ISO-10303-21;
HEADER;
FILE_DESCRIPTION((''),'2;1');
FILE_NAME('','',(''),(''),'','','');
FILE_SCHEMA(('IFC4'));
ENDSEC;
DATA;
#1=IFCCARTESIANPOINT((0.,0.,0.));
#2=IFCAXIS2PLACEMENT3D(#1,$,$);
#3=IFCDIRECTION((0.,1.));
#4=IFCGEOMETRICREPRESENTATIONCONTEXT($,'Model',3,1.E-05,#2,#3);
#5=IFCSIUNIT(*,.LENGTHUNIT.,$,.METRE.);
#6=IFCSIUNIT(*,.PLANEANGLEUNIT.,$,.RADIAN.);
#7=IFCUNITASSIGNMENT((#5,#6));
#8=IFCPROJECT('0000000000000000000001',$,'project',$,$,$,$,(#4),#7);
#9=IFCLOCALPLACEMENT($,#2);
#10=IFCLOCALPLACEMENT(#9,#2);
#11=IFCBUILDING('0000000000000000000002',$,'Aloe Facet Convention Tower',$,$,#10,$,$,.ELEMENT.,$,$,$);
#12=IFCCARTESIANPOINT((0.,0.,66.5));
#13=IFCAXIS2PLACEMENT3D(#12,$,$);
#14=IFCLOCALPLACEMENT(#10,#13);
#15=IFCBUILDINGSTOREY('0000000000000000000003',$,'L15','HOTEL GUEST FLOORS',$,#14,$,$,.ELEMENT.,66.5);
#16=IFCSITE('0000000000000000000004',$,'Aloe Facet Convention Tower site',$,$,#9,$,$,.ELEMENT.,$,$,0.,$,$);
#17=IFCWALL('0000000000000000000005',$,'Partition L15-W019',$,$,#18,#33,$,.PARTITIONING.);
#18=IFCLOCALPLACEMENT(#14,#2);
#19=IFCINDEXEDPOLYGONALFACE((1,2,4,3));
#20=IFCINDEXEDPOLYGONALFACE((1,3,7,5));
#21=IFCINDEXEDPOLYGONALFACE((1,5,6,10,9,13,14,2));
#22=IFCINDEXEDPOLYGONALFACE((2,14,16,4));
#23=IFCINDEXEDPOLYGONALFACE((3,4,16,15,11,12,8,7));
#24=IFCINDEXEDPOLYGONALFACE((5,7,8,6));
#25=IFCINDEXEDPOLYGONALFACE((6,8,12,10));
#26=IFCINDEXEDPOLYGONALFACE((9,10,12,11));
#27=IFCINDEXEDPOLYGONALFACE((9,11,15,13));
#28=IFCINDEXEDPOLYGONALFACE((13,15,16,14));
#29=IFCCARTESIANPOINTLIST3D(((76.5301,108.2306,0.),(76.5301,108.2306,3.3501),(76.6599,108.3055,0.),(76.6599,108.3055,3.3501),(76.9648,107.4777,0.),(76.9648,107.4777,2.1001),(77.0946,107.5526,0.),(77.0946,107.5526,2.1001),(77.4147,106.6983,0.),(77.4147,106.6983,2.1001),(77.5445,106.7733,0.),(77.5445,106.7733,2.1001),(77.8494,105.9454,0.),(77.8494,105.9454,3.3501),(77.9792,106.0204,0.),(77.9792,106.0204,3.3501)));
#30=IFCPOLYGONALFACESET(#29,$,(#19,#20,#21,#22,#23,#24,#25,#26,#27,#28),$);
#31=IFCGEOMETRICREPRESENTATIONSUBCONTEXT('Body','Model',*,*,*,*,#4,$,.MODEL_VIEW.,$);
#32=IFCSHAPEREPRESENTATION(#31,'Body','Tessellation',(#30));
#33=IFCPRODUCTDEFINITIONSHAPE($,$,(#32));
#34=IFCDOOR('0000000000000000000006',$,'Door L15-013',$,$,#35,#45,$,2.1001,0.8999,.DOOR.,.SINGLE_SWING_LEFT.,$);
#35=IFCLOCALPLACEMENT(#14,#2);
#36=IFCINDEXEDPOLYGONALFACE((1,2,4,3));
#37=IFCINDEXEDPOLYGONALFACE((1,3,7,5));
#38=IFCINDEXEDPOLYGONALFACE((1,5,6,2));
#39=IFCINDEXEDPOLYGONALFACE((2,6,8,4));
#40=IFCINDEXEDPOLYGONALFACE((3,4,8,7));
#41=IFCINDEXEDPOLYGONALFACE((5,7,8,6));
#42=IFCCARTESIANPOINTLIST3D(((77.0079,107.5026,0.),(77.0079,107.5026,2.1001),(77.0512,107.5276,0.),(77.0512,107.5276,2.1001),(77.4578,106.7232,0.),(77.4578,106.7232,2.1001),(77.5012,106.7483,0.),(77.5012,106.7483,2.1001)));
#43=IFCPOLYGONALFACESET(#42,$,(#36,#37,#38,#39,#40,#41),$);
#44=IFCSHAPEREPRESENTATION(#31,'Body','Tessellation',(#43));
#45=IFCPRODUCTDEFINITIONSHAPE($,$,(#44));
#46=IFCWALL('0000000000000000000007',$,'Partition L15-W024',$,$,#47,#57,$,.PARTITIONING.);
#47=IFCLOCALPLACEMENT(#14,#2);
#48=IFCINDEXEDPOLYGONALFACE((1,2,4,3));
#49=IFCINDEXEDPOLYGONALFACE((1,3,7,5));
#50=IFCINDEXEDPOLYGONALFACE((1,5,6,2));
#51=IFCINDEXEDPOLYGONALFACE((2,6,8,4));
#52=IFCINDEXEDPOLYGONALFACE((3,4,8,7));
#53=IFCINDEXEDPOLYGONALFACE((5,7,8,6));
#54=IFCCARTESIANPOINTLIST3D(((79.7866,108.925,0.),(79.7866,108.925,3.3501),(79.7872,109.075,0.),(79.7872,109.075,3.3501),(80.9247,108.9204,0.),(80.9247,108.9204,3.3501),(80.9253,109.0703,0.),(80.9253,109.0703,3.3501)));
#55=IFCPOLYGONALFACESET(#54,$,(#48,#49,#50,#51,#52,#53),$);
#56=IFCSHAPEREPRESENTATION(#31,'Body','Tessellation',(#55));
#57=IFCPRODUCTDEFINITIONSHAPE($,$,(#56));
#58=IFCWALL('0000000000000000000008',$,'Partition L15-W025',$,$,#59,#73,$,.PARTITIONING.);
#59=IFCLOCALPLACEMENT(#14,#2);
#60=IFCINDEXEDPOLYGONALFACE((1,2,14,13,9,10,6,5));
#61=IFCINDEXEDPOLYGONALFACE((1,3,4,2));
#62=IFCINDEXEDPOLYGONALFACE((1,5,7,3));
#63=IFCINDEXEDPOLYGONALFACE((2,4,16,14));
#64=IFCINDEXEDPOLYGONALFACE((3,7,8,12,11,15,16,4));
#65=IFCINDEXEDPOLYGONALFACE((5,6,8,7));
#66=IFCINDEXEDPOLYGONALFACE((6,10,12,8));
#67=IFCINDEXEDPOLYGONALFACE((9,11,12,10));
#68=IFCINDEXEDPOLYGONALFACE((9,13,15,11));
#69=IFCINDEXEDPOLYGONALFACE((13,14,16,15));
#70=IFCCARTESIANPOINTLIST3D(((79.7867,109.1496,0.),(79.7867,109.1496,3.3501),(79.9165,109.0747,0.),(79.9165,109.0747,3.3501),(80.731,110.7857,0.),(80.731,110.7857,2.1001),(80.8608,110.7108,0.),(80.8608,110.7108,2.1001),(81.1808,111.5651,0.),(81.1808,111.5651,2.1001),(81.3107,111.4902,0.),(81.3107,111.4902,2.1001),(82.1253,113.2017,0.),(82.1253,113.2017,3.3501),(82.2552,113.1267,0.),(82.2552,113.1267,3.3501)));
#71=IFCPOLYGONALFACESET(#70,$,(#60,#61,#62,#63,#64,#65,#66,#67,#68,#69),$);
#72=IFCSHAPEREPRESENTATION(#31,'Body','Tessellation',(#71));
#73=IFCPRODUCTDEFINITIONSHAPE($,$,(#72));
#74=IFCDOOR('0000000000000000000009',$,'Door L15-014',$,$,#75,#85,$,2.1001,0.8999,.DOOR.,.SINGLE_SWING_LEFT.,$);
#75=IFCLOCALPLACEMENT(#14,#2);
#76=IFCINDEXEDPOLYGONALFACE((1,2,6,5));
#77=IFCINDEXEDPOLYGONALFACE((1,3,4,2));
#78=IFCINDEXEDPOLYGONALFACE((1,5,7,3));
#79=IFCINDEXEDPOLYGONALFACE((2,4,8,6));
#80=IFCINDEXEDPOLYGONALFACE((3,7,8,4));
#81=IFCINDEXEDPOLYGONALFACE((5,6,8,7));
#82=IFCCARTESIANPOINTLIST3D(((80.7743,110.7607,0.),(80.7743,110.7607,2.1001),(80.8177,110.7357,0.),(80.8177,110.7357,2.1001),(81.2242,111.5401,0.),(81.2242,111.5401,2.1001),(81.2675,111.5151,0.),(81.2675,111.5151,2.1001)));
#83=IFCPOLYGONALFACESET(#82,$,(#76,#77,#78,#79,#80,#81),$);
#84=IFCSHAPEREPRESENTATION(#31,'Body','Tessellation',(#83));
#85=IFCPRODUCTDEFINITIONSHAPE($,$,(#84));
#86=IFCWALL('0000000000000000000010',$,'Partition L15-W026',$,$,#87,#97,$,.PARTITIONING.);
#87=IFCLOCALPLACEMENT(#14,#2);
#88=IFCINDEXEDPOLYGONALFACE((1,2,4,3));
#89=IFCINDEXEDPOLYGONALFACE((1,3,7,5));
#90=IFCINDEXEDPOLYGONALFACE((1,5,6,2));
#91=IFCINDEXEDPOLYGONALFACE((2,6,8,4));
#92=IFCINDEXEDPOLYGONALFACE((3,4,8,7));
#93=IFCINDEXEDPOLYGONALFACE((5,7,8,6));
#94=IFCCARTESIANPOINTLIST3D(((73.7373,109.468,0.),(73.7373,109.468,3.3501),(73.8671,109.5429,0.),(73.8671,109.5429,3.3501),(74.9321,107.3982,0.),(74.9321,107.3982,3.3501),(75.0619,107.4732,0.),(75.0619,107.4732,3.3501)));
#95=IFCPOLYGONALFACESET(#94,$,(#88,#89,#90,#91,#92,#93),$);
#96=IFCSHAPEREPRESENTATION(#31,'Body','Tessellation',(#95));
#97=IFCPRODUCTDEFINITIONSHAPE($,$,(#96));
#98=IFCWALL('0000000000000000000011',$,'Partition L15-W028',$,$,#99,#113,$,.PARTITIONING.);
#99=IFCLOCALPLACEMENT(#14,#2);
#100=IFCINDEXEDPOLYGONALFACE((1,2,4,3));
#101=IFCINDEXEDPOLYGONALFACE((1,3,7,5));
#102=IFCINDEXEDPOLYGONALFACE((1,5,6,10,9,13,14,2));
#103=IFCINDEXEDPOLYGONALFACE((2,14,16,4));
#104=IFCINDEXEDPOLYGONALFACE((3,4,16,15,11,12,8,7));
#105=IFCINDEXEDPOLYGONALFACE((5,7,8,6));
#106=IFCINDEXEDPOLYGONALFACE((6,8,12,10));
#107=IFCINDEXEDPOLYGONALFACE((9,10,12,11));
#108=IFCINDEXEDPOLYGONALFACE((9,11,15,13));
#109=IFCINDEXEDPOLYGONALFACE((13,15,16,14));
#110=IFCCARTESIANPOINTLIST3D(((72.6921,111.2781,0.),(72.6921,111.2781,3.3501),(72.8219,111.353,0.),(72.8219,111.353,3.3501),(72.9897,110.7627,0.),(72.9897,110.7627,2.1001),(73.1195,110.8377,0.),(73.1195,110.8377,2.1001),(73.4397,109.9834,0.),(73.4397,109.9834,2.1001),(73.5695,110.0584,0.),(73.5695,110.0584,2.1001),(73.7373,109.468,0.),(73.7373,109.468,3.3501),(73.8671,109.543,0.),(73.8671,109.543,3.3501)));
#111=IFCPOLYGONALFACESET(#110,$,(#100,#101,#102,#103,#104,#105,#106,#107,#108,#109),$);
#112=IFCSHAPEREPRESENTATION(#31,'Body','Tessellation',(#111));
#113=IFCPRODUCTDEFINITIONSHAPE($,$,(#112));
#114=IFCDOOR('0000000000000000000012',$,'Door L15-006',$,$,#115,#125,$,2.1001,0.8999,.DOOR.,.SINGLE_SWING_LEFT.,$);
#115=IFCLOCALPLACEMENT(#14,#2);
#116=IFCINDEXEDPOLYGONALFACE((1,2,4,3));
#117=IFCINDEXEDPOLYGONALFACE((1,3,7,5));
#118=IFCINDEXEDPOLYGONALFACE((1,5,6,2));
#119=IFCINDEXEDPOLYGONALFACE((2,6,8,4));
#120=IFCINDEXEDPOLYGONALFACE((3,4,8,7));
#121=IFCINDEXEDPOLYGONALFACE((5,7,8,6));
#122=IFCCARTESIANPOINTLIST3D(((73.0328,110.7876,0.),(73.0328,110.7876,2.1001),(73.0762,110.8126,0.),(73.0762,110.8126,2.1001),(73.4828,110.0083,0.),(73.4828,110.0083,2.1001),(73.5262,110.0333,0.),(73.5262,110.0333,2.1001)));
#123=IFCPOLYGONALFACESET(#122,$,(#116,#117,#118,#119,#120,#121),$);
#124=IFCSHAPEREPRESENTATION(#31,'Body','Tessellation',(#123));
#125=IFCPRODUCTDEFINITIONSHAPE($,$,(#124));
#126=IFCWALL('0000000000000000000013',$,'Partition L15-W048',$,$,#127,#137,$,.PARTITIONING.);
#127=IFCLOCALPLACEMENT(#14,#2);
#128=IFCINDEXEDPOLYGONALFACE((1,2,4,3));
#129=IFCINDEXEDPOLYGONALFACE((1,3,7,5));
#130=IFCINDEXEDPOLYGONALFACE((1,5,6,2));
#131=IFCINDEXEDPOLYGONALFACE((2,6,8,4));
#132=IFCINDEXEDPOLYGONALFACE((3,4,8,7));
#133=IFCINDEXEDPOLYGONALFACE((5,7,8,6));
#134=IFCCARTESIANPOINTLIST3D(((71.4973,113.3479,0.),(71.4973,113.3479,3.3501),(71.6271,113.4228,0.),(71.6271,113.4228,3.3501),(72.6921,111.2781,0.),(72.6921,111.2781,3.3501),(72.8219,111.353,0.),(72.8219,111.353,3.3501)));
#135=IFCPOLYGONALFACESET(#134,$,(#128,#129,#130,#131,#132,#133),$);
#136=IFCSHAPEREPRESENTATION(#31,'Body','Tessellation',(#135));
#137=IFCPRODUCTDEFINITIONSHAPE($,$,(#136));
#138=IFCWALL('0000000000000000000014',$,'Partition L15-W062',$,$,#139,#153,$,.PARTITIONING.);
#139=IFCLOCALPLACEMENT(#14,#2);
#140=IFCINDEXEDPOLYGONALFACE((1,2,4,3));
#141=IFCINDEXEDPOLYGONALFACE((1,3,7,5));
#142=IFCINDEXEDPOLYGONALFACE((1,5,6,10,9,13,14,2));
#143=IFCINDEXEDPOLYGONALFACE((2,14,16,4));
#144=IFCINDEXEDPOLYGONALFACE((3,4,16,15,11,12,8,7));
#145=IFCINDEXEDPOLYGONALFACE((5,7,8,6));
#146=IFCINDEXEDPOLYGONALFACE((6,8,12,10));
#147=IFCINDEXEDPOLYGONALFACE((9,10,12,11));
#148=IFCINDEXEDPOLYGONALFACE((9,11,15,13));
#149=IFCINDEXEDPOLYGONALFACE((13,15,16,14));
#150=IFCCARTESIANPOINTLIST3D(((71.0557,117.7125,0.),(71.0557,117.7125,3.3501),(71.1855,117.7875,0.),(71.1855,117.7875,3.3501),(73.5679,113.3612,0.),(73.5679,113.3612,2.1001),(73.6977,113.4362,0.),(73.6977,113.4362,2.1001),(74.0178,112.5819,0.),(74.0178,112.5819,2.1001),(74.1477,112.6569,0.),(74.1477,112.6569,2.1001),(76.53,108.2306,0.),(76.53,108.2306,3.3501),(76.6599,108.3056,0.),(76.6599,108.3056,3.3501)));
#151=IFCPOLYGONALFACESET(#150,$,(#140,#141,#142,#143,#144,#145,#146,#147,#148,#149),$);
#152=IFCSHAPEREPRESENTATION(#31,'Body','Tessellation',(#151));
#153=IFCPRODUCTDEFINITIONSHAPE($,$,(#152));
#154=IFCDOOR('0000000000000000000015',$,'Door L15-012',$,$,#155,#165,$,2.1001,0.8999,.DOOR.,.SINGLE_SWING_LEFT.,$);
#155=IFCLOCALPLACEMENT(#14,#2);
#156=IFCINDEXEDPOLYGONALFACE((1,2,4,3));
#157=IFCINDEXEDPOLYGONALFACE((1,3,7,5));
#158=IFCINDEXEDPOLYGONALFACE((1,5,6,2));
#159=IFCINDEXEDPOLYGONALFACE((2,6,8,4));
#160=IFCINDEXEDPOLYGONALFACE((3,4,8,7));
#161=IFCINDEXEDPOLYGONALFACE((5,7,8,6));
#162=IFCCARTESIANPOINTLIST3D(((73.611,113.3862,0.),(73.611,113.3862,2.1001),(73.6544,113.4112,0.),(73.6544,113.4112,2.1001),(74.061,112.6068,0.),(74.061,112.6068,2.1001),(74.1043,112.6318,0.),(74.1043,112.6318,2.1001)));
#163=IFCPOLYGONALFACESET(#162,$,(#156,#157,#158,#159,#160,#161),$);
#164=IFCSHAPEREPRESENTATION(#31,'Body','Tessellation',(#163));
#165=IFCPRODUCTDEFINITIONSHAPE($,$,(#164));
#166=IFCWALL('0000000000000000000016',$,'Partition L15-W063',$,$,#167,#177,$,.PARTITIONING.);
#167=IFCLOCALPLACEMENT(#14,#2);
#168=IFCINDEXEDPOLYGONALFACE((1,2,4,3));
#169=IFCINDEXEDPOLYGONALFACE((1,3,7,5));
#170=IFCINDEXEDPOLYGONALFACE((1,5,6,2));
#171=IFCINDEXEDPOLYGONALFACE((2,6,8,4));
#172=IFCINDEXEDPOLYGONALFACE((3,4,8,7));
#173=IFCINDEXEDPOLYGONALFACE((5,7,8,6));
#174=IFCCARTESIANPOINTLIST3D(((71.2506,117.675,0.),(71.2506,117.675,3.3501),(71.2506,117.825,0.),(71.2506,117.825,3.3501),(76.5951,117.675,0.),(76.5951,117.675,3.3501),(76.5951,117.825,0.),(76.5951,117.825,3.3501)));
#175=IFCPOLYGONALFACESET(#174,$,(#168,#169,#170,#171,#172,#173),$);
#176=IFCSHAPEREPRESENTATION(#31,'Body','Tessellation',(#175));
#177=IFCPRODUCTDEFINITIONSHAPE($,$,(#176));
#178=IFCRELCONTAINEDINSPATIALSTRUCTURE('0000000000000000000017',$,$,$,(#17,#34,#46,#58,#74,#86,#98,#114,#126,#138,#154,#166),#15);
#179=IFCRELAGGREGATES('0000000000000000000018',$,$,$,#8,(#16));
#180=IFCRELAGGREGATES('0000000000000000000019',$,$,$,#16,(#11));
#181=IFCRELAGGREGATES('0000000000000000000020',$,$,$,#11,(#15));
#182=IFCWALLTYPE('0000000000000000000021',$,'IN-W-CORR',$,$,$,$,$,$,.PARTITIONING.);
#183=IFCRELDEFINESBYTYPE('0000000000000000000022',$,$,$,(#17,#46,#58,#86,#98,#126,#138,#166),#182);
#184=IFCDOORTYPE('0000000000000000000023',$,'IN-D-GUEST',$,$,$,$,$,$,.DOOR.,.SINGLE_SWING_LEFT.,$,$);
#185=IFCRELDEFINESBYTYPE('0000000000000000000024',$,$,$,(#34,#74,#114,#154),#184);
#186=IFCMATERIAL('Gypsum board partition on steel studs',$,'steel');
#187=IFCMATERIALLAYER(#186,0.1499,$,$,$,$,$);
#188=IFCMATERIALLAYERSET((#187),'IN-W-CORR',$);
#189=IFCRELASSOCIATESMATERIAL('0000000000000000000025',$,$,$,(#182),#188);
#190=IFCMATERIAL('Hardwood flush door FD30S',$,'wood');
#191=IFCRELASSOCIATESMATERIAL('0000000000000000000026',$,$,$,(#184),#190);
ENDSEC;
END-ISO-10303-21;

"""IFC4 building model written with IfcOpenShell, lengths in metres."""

from ifc_helpers import new_model, si_unit, direction, frame, frame_2d, origin, place, context, subcontext, project, spatial, rectangle, extrude, material, layer, layer_set, type_object, element, fill, save


model = new_model("IFC4")

# Units and contexts
model_context = context("Model", 3, precision=1e-05, world=origin(), true_north=direction((0.0, 1.0)))
body_context = subcontext(model_context, "Body", "Model", "MODEL_VIEW")
ifc_project = project(units=[si_unit("LENGTHUNIT", "METRE"), si_unit("PLANEANGLEUNIT", "RADIAN")], contexts=[model_context])

# Site, building, storey
site_placement = place(None, origin())
site = spatial("IfcSite", under=ifc_project, at=site_placement, Name="Aloe Facet Convention Tower site", CompositionType="ELEMENT", RefElevation=0.0)
building_placement = place(site_placement, origin())
building = spatial("IfcBuilding", under=site, at=building_placement, Name="Aloe Facet Convention Tower", CompositionType="ELEMENT")
storey_placement = place(building_placement, frame((0.0, 0.0, 66.5)))
storey = spatial("IfcBuildingStorey", under=building, at=storey_placement, Name="L15", Description="HOTEL GUEST FLOORS", CompositionType="ELEMENT", Elevation=66.5)

# Wall, opening, door
ifc_material_1 = material(Name="Gypsum board partition on steel studs", Category="steel")
ifc_layer_1 = layer(ifc_material_1, 0.1499)
ifc_layer_set_1 = layer_set([ifc_layer_1], Name="IN-W-CORR")
wall_type_1 = type_object("IfcWallType", Name="IN-W-CORR", PredefinedType="PARTITIONING", material=ifc_layer_set_1)
wall_1_placement = place(storey_placement, frame((76.595, 108.2681, 0.0), z_axis=(0.0, 0.0, 1.0), x_axis=(0.5, -0.866025, 0.0)))
wall_1 = element("IfcWall", 1, at=wall_1_placement, inside=storey, type_object=wall_type_1, Name="Partition L15-W019", PredefinedType="PARTITIONING", context=body_context, shape_type="SweptSolid", body=[
    extrude(rectangle(XDim=2.6387, YDim=0.1499, at=frame_2d((1.3193, 0.0))), origin(), (0.0, 0.0, 1.0), 3.3501),
])
opening_1_placement = place(wall_1_placement, frame((0.8694, 0.0, 0.0)))
opening_1 = element("IfcOpeningElement", 2, at=opening_1_placement, cuts=wall_1, PredefinedType="OPENING", context=body_context, shape_type="SweptSolid", body=[
    extrude(rectangle(XDim=0.8999, YDim=2.1001, at=frame_2d((0.45, 1.05))), frame((0.0, 0.085, 0.0), z_axis=(0.0, -1.0, 0.0), x_axis=(1.0, 0.0, 0.0)), (0.0, 0.0, 1.0), 0.1699),
])
ifc_material_2 = material(Name="Hardwood flush door FD30S", Category="wood")
door_type = type_object("IfcDoorType", Name="IN-D-GUEST", OperationType="SINGLE_SWING_LEFT", PredefinedType="DOOR", material=ifc_material_2)
door_1_placement = place(opening_1_placement, origin())
door_1 = element("IfcDoor", 3, at=door_1_placement, inside=storey, type_object=door_type, Name="Door L15-013", OperationType="SINGLE_SWING_LEFT", OverallHeight=2.1001, OverallWidth=0.8999, PredefinedType="DOOR", context=body_context, shape_type="SweptSolid", body=[
    extrude(rectangle(XDim=0.8999, YDim=2.1001, at=frame_2d((0.45, 1.05))), frame((0.0, 0.0249, 0.0), z_axis=(0.0, -1.0, 0.0), x_axis=(1.0, 0.0, 0.0)), (0.0, 0.0, 1.0), 0.05),
])
fill(opening_1, door_1)

# Wall
wall_2_placement = place(storey_placement, frame((79.7869, 109.0, 0.0), z_axis=(0.0, 0.0, 1.0), x_axis=(0.999992, -0.004075, 0.0)))
element("IfcWall", 4, at=wall_2_placement, inside=storey, type_object=wall_type_1, Name="Partition L15-W024", PredefinedType="PARTITIONING", context=body_context, shape_type="SweptSolid", body=[
    extrude(rectangle(XDim=1.1382, YDim=0.1499, at=frame_2d((0.5691, 0.0))), origin(), (0.0, 0.0, 1.0), 3.3501),
])

# Wall, opening, door
wall_3_placement = place(storey_placement, frame((79.8516, 109.1121, 0.0), z_axis=(0.0, 0.0, 1.0), x_axis=(0.499872, 0.8661, 0.0)))
wall_3 = element("IfcWall", 5, at=wall_3_placement, inside=storey, type_object=wall_type_1, Name="Partition L15-W025", PredefinedType="PARTITIONING", context=body_context, shape_type="SweptSolid", body=[
    extrude(rectangle(XDim=4.6785, YDim=0.1499, at=frame_2d((2.3394, 0.0))), origin(), (0.0, 0.0, 1.0), 3.3501),
])
opening_2_placement = place(wall_3_placement, frame((1.8892, 0.0, 0.0)))
opening_2 = element("IfcOpeningElement", 6, at=opening_2_placement, cuts=wall_3, PredefinedType="OPENING", context=body_context, shape_type="SweptSolid", body=[
    extrude(rectangle(XDim=0.8999, YDim=2.1001, at=frame_2d((0.45, 1.05))), frame((0.0, 0.085, 0.0), z_axis=(0.0, -1.0, 0.0), x_axis=(1.0, 0.0, 0.0)), (0.0, 0.0, 1.0), 0.1699),
])
door_2_placement = place(opening_2_placement, origin())
door_2 = element("IfcDoor", 7, at=door_2_placement, inside=storey, type_object=door_type, Name="Door L15-014", OperationType="SINGLE_SWING_LEFT", OverallHeight=2.1001, OverallWidth=0.8999, PredefinedType="DOOR", context=body_context, shape_type="SweptSolid", body=[
    extrude(rectangle(XDim=0.8999, YDim=2.1001, at=frame_2d((0.45, 1.05))), frame((0.0, 0.0249, 0.0), z_axis=(0.0, -1.0, 0.0), x_axis=(1.0, 0.0, 0.0)), (0.0, 0.0, 1.0), 0.05),
])
fill(opening_2, door_2)

# Wall
wall_4_placement = place(storey_placement, frame((73.8022, 109.5054, 0.0), z_axis=(0.0, 0.0, 1.0), x_axis=(0.499941, -0.86606, 0.0)))
element("IfcWall", 8, at=wall_4_placement, inside=storey, type_object=wall_type_1, Name="Partition L15-W026", PredefinedType="PARTITIONING", context=body_context, shape_type="SweptSolid", body=[
    extrude(rectangle(XDim=2.3899, YDim=0.1499, at=frame_2d((1.1948, 0.0))), origin(), (0.0, 0.0, 1.0), 3.3501),
])

# Wall, opening, door
wall_5_placement = place(storey_placement, frame((72.7571, 111.3154, 0.0), z_axis=(0.0, 0.0, 1.0), x_axis=(0.500046, -0.865999, 0.0)))
wall_5 = element("IfcWall", 9, at=wall_5_placement, inside=storey, type_object=wall_type_1, Name="Partition L15-W028", PredefinedType="PARTITIONING", context=body_context, shape_type="SweptSolid", body=[
    extrude(rectangle(XDim=2.0901, YDim=0.1499, at=frame_2d((1.0449, 0.0))), origin(), (0.0, 0.0, 1.0), 3.3501),
])
opening_3_placement = place(wall_5_placement, frame((0.595, 0.0, 0.0)))
opening_3 = element("IfcOpeningElement", 10, at=opening_3_placement, cuts=wall_5, PredefinedType="OPENING", context=body_context, shape_type="SweptSolid", body=[
    extrude(rectangle(XDim=0.8999, YDim=2.1001, at=frame_2d((0.45, 1.05))), frame((0.0, 0.085, 0.0), z_axis=(0.0, -1.0, 0.0), x_axis=(1.0, 0.0, 0.0)), (0.0, 0.0, 1.0), 0.1699),
])
door_3_placement = place(opening_3_placement, origin())
door_3 = element("IfcDoor", 11, at=door_3_placement, inside=storey, type_object=door_type, Name="Door L15-006", OperationType="SINGLE_SWING_LEFT", OverallHeight=2.1001, OverallWidth=0.8999, PredefinedType="DOOR", context=body_context, shape_type="SweptSolid", body=[
    extrude(rectangle(XDim=0.8999, YDim=2.1001, at=frame_2d((0.45, 1.05))), frame((0.0, 0.0249, 0.0), z_axis=(0.0, -1.0, 0.0), x_axis=(1.0, 0.0, 0.0)), (0.0, 0.0, 1.0), 0.05),
])
fill(opening_3, door_3)

# Wall
wall_6_placement = place(storey_placement, frame((71.5623, 113.3853, 0.0), z_axis=(0.0, 0.0, 1.0), x_axis=(0.499941, -0.86606, 0.0)))
element("IfcWall", 12, at=wall_6_placement, inside=storey, type_object=wall_type_1, Name="Partition L15-W048", PredefinedType="PARTITIONING", context=body_context, shape_type="SweptSolid", body=[
    extrude(rectangle(XDim=2.3899, YDim=0.1499, at=frame_2d((1.1948, 0.0))), origin(), (0.0, 0.0, 1.0), 3.3501),
])

# Wall, opening, door
wall_7_placement = place(storey_placement, frame((71.1206, 117.75, 0.0), z_axis=(0.0, 0.0, 1.0), x_axis=(0.499998, -0.866027, 0.0)))
wall_7 = element("IfcWall", 13, at=wall_7_placement, inside=storey, type_object=wall_type_1, Name="Partition L15-W062", PredefinedType="PARTITIONING", context=body_context, shape_type="SweptSolid", body=[
    extrude(rectangle(XDim=10.9487, YDim=0.1499, at=frame_2d((5.4744, 0.0))), origin(), (0.0, 0.0, 1.0), 3.3501),
])
opening_4_placement = place(wall_7_placement, frame((5.0244, 0.0, 0.0)))
opening_4 = element("IfcOpeningElement", 14, at=opening_4_placement, cuts=wall_7, PredefinedType="OPENING", context=body_context, shape_type="SweptSolid", body=[
    extrude(rectangle(XDim=0.8999, YDim=2.1001, at=frame_2d((0.45, 1.05))), frame((0.0, 0.085, 0.0), z_axis=(0.0, -1.0, 0.0), x_axis=(1.0, 0.0, 0.0)), (0.0, 0.0, 1.0), 0.1699),
])
door_4_placement = place(opening_4_placement, origin())
door_4 = element("IfcDoor", 15, at=door_4_placement, inside=storey, type_object=door_type, Name="Door L15-012", OperationType="SINGLE_SWING_LEFT", OverallHeight=2.1001, OverallWidth=0.8999, PredefinedType="DOOR", context=body_context, shape_type="SweptSolid", body=[
    extrude(rectangle(XDim=0.8999, YDim=2.1001, at=frame_2d((0.45, 1.05))), frame((0.0, 0.0249, 0.0), z_axis=(0.0, -1.0, 0.0), x_axis=(1.0, 0.0, 0.0)), (0.0, 0.0, 1.0), 0.05),
])
fill(opening_4, door_4)

# Wall
wall_8_placement = place(storey_placement, frame((71.2505, 117.75, 0.0), z_axis=(0.0, 0.0, 1.0), x_axis=(1.0, 0.0, 0.0)))
element("IfcWall", 16, at=wall_8_placement, inside=storey, type_object=wall_type_1, Name="Partition L15-W063", PredefinedType="PARTITIONING", context=body_context, shape_type="SweptSolid", body=[
    extrude(rectangle(XDim=5.3445, YDim=0.1499, at=frame_2d((2.6724, 0.0))), origin(), (0.0, 0.0, 1.0), 3.3501),
])

save(model, "model.ifc")
